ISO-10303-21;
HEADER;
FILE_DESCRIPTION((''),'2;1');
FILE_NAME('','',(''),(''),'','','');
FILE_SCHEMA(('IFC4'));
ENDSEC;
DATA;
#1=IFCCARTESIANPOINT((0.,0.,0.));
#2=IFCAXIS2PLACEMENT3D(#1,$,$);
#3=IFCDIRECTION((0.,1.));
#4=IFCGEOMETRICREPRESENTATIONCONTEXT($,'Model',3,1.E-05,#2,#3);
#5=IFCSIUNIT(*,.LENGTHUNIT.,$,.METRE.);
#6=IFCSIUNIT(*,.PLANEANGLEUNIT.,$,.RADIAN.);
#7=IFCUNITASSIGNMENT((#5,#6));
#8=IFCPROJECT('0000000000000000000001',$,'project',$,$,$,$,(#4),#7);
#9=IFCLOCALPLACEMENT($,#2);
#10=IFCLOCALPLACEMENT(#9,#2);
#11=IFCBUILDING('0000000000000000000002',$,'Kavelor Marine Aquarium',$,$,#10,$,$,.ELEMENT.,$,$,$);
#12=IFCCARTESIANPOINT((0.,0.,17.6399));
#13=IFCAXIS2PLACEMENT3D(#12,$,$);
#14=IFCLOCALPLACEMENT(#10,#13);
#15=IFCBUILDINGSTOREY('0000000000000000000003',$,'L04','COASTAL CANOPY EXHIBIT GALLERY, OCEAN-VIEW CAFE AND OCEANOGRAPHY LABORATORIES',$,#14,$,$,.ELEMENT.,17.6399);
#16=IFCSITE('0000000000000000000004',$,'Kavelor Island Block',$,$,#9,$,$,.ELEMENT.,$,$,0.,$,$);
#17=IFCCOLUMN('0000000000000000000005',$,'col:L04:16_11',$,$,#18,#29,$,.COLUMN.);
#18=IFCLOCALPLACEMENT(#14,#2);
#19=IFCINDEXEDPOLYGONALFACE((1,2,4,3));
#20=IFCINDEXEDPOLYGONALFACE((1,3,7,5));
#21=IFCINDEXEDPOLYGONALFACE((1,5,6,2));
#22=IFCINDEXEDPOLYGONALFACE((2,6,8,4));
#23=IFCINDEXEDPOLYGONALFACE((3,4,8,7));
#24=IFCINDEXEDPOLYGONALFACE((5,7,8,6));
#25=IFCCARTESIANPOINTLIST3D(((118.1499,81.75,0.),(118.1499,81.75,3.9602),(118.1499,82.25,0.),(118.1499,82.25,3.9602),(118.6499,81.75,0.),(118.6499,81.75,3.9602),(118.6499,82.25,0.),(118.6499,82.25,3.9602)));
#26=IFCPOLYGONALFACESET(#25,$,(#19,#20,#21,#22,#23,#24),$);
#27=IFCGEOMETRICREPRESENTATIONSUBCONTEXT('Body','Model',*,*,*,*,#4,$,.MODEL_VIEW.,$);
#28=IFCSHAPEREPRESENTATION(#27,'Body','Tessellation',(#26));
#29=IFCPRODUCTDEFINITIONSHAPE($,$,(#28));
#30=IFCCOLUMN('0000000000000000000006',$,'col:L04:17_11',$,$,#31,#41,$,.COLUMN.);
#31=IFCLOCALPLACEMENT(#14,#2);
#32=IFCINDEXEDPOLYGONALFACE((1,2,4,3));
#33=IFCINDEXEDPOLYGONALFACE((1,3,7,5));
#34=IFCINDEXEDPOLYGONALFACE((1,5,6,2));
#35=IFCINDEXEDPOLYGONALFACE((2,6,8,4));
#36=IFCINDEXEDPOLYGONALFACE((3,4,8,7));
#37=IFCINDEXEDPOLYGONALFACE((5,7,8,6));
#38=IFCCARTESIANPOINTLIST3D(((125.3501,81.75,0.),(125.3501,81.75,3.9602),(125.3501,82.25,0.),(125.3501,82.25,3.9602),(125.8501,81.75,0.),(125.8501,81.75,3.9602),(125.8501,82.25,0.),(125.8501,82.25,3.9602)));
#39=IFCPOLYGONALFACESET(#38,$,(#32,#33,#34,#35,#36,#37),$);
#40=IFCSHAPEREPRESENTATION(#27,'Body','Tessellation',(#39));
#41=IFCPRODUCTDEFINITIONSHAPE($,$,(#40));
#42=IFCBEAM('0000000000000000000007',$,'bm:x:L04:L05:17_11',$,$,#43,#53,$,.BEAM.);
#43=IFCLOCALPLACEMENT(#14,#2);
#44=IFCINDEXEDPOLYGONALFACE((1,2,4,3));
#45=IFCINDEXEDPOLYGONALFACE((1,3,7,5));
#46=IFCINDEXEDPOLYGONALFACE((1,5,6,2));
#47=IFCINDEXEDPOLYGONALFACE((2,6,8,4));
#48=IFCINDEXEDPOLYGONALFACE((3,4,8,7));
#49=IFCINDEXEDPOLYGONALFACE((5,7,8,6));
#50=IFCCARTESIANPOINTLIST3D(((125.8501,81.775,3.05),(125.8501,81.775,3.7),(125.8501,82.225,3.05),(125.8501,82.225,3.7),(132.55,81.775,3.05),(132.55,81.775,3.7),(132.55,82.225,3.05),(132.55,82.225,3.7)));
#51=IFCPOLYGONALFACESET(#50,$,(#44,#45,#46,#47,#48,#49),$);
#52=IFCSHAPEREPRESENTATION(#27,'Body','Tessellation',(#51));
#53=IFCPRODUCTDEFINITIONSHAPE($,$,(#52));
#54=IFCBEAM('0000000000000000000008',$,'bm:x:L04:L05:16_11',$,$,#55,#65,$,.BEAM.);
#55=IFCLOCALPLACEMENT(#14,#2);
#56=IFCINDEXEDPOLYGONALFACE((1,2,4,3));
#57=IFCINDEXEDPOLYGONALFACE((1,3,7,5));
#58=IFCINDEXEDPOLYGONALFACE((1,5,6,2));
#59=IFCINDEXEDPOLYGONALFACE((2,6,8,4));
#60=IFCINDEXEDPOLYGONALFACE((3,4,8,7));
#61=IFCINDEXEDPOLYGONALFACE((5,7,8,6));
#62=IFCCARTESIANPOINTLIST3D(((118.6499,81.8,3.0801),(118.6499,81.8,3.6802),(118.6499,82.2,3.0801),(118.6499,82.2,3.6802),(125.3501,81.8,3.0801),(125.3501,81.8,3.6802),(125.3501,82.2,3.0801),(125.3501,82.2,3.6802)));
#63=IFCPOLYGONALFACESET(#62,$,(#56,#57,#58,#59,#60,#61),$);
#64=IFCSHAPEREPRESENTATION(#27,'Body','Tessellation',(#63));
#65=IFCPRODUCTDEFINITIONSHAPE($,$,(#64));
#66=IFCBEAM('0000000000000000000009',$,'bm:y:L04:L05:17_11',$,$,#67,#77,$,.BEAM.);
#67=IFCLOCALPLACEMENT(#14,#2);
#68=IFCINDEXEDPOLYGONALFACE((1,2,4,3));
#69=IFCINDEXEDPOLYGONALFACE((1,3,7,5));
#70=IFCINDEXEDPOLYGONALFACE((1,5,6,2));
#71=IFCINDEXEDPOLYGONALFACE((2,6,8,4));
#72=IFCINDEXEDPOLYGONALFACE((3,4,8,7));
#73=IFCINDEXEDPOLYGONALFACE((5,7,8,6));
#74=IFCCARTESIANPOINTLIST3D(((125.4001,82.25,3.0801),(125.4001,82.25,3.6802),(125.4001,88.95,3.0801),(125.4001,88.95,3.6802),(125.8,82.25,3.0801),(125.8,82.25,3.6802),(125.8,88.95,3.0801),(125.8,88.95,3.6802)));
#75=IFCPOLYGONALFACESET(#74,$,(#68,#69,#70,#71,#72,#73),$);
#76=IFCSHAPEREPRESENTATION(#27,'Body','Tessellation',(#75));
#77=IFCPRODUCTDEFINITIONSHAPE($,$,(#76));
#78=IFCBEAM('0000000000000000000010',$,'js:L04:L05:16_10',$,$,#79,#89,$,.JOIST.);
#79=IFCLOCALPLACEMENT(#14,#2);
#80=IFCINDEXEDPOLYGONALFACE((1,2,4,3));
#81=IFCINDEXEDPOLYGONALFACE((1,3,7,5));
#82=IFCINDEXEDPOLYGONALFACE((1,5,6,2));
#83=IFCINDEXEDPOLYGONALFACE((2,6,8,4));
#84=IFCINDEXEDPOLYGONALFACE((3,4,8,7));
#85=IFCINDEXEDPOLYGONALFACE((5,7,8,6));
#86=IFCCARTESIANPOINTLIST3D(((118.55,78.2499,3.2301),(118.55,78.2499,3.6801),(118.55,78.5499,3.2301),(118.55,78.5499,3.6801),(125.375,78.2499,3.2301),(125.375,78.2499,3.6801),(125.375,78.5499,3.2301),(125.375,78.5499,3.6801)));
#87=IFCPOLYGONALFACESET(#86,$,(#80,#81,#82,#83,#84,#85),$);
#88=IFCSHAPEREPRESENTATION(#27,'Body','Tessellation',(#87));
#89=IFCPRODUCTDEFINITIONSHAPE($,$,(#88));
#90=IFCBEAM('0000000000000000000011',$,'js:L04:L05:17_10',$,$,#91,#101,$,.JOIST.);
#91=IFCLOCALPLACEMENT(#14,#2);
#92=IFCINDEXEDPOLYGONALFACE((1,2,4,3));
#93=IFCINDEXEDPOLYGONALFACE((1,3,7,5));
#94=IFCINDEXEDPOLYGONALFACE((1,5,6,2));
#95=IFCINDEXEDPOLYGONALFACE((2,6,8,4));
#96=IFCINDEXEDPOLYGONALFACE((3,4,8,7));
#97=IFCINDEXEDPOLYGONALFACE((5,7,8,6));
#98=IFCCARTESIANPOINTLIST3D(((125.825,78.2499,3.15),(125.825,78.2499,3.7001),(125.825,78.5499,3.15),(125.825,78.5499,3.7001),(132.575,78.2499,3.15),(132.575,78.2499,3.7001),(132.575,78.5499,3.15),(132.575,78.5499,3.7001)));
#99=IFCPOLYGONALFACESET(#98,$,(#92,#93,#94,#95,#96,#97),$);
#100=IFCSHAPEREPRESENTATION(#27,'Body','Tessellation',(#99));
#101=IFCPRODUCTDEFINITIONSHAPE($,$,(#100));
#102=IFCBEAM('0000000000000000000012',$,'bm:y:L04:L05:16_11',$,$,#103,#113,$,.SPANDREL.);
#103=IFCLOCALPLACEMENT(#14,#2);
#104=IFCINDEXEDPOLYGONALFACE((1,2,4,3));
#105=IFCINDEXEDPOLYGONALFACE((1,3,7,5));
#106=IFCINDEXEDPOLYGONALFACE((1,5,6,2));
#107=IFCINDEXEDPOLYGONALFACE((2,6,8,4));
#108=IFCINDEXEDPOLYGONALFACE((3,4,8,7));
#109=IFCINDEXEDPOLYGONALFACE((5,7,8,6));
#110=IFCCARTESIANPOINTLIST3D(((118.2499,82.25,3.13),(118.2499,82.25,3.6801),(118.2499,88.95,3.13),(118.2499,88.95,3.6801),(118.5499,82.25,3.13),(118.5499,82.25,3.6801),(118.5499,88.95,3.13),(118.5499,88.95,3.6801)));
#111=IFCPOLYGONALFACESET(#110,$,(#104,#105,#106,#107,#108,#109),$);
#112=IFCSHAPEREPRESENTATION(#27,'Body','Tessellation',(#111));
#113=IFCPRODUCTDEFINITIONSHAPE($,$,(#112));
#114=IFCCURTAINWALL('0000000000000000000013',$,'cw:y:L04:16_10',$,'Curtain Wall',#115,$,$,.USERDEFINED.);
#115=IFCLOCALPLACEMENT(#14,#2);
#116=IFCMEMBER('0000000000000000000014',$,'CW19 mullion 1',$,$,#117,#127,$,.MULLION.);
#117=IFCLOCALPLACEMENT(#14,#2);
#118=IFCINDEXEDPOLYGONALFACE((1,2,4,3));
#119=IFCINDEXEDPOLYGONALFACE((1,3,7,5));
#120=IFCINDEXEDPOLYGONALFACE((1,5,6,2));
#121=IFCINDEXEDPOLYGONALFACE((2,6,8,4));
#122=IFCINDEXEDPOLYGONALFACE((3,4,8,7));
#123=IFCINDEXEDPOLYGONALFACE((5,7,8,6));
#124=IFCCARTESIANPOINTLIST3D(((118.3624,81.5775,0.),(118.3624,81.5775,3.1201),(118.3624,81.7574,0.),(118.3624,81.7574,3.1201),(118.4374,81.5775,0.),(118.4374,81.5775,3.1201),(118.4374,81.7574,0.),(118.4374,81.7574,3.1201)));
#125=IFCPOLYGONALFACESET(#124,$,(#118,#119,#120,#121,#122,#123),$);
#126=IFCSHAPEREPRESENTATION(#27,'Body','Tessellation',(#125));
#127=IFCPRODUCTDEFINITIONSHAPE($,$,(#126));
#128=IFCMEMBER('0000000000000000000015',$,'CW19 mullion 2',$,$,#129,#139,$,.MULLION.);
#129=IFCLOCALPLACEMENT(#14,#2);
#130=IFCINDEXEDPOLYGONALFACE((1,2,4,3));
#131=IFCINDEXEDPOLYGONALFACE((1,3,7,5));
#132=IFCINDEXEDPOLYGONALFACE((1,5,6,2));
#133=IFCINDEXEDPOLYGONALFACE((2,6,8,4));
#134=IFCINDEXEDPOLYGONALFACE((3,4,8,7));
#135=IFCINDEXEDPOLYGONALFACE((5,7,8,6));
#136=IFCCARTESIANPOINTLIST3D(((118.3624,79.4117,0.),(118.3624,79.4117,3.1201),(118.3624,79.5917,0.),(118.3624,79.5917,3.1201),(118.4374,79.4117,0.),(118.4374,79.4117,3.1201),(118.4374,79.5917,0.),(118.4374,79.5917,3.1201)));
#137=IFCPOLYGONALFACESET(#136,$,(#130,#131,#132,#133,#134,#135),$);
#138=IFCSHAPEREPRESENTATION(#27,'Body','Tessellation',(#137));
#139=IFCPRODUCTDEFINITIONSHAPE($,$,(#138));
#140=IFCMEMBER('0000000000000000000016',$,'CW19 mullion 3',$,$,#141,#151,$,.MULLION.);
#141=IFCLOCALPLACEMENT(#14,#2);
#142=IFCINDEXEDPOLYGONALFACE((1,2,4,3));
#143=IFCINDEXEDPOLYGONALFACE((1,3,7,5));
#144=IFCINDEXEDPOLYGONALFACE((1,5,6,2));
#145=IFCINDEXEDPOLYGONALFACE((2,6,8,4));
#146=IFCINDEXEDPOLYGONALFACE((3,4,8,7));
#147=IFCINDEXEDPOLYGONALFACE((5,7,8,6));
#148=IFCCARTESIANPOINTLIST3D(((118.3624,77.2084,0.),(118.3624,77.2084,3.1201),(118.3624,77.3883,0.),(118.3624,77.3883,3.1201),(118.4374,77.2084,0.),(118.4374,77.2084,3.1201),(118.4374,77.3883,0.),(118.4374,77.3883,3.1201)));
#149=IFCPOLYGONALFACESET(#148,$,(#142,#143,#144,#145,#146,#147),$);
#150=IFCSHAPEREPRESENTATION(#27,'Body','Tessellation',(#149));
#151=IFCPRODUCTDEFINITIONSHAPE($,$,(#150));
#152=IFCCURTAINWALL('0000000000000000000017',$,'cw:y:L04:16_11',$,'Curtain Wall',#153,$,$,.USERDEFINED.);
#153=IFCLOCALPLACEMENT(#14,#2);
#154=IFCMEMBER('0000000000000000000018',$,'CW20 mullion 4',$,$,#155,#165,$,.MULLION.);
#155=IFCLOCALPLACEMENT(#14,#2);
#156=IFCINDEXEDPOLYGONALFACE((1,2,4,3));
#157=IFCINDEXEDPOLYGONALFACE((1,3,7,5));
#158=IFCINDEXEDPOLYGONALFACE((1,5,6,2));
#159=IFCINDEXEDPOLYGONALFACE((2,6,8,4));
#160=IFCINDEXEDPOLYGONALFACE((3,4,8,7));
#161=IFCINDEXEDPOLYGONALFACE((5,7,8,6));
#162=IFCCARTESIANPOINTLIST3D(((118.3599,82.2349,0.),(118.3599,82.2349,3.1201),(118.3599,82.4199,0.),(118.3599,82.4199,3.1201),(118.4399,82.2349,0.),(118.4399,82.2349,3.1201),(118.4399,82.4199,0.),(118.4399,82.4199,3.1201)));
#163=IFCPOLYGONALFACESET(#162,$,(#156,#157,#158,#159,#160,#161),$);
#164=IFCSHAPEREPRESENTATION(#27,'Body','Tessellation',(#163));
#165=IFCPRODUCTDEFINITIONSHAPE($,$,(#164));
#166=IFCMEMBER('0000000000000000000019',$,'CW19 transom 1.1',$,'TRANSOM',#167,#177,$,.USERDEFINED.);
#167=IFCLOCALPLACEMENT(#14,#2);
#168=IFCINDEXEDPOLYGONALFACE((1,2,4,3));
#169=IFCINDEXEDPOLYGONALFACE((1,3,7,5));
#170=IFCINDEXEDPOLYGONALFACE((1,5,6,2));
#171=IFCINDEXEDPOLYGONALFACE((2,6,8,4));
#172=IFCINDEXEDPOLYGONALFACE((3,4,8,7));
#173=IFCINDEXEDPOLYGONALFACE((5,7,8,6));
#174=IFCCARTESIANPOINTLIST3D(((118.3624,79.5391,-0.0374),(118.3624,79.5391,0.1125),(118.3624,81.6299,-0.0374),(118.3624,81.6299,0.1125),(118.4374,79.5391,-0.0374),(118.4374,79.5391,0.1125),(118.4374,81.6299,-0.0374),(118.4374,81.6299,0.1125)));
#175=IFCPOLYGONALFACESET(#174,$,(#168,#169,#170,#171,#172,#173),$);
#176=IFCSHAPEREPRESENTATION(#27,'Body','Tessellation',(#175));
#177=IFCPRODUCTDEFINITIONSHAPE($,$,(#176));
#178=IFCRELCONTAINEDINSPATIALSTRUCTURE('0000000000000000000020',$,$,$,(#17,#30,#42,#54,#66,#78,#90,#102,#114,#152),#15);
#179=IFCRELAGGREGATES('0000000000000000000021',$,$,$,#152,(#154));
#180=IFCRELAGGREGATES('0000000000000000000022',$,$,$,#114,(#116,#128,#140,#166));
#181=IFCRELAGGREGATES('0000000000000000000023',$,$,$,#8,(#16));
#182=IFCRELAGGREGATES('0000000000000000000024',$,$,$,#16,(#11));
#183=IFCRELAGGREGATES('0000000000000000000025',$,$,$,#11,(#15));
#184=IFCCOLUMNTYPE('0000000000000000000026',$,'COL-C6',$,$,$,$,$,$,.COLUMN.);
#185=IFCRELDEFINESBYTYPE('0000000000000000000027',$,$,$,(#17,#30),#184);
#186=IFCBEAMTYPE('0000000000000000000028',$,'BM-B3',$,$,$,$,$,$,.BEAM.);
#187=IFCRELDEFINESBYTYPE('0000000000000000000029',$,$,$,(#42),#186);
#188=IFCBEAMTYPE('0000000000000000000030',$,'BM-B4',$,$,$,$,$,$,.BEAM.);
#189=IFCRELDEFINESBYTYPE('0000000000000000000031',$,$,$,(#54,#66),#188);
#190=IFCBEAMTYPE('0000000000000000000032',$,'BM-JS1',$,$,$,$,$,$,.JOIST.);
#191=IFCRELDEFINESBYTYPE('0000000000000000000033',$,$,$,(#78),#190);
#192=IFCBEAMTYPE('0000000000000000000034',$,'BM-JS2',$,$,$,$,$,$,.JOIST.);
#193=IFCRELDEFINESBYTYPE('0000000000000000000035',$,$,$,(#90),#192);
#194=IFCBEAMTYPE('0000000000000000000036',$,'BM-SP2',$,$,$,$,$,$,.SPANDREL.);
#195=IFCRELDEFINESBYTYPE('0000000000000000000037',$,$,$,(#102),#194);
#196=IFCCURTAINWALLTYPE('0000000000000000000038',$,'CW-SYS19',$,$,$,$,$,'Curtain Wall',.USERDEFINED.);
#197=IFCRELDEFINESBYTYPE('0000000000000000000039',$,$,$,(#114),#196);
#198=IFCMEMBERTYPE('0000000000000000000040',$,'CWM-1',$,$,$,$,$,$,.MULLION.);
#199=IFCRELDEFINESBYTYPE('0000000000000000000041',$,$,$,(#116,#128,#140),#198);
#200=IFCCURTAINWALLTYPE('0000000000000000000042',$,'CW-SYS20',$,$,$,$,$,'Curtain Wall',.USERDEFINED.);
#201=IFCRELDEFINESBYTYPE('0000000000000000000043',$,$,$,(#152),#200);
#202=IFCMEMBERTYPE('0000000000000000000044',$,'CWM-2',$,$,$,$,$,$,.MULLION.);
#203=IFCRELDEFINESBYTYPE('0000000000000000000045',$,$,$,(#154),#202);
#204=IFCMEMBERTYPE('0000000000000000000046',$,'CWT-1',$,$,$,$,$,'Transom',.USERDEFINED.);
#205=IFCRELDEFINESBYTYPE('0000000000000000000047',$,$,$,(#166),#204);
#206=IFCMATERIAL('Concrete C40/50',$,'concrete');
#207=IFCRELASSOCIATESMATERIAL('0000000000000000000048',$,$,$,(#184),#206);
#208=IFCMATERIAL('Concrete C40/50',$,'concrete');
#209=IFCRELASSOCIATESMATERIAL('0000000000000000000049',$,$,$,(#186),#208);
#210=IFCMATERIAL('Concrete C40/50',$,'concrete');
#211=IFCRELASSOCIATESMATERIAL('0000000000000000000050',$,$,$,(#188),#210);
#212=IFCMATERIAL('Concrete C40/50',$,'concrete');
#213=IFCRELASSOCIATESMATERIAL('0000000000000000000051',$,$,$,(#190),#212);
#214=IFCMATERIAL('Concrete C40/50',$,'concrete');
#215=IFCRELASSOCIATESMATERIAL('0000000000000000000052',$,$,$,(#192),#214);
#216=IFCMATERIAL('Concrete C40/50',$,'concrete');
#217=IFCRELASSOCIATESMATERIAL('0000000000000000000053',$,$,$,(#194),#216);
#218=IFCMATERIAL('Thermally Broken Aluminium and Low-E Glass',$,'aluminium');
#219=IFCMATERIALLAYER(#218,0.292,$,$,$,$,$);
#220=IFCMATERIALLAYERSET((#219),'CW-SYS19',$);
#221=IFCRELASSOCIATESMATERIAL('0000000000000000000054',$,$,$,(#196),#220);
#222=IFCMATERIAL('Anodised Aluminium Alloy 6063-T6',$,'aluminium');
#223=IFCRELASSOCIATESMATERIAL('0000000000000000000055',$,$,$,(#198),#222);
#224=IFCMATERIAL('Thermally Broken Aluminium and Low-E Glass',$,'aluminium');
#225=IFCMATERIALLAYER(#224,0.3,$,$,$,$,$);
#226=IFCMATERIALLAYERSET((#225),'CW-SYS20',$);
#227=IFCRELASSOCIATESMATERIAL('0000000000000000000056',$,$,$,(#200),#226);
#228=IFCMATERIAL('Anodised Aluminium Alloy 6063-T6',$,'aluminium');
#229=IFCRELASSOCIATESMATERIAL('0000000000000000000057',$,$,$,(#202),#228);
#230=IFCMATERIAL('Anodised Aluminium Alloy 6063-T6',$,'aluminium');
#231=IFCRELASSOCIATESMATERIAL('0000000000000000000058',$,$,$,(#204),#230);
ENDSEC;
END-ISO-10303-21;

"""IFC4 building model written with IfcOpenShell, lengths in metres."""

from ifc_helpers import new_model, si_unit, direction, frame, origin, origin_2d, place, context, subcontext, project, spatial, rectangle, extrude, material, layer, layer_set, material_profile, profile_set, type_object, element, aggregate, save


model = new_model("IFC4")

# Units and contexts
model_context = context("Model", 3, precision=1e-05, world=origin(), true_north=direction((0.0, 1.0)))
body_context = subcontext(model_context, "Body", "Model", "MODEL_VIEW")
ifc_project = project(units=[si_unit("LENGTHUNIT", "METRE"), si_unit("PLANEANGLEUNIT", "RADIAN")], contexts=[model_context])

# Site, building, storey
site_placement = place(None, origin())
site = spatial("IfcSite", under=ifc_project, at=site_placement, Name="Kavelor Island Block", CompositionType="ELEMENT", RefElevation=0.0)
building_placement = place(site_placement, origin())
building = spatial("IfcBuilding", under=site, at=building_placement, Name="Kavelor Marine Aquarium", CompositionType="ELEMENT")
storey_placement = place(building_placement, frame((0.0, 0.0, 17.6399)))
storey = spatial("IfcBuildingStorey", under=building, at=storey_placement, Name="L04", Description="COASTAL CANOPY EXHIBIT GALLERY, OCEAN-VIEW CAFE AND OCEANOGRAPHY LABORATORIES", CompositionType="ELEMENT", Elevation=17.6399)

# Columns
ifc_material_1 = material(Name="Concrete C40/50", Category="concrete")
ifc_material_profile_1 = material_profile(ifc_material_1, rectangle(XDim=0.5, YDim=0.5, at=origin_2d()), Name="RC-COL 500x500")
ifc_profile_set_1 = profile_set([ifc_material_profile_1], Name="Concrete C40/50")
column_type = type_object("IfcColumnType", Name="COL-C6", PredefinedType="COLUMN", material=ifc_profile_set_1)
for number, where, z_axis, x_axis, name in (
    (1, (118.3999, 82.0, 0.0), (0.0, 0.0, 1.0), (1.0, 0.0, 0.0), "col:L04:16_11"),
    (2, (125.6001, 82.0, 0.0), (0.0, 0.0, 1.0), (1.0, 0.0, 0.0), "col:L04:17_11"),
):
    element("IfcColumn", number, at=place(storey_placement, frame(where, z_axis=z_axis, x_axis=x_axis)), inside=storey, type_object=column_type, Name=name, PredefinedType="COLUMN", context=body_context, shape_type="SweptSolid", body=[
        extrude(rectangle(XDim=0.5, YDim=0.5, at=origin_2d()), origin(), (0.0, 0.0, 1.0), 3.9602),
    ])

# Beams
ifc_material_2 = material(Name="Concrete C40/50", Category="concrete")
ifc_material_profile_2 = material_profile(ifc_material_2, rectangle(XDim=0.45, YDim=0.6499, at=origin_2d()), Name="RC-BM 450x650")
ifc_profile_set_2 = profile_set([ifc_material_profile_2], Name="Concrete C40/50")
beam_type_1 = type_object("IfcBeamType", Name="BM-B3", PredefinedType="BEAM", material=ifc_profile_set_2)
beam_1_placement = place(storey_placement, frame((125.8501, 82.0, 3.375), z_axis=(1.0, 0.0, 0.0), x_axis=(0.0, 1.0, 0.0)))
element("IfcBeam", 3, at=beam_1_placement, inside=storey, type_object=beam_type_1, Name="bm:x:L04:L05:17_11", PredefinedType="BEAM", context=body_context, shape_type="SweptSolid", body=[
    extrude(rectangle(XDim=0.45, YDim=0.6499, at=origin_2d()), origin(), (0.0, 0.0, 1.0), 6.7),
])
ifc_material_3 = material(Name="Concrete C40/50", Category="concrete")
ifc_material_profile_3 = material_profile(ifc_material_3, rectangle(XDim=0.3999, YDim=0.6001, at=origin_2d()), Name="RC-BM 400x600")
ifc_profile_set_3 = profile_set([ifc_material_profile_3], Name="Concrete C40/50")
beam_type_2 = type_object("IfcBeamType", Name="BM-B4", PredefinedType="BEAM", material=ifc_profile_set_3)
beam_2_placement = place(storey_placement, frame((118.6499, 82.0, 3.3801), z_axis=(1.0, 0.0, 0.0), x_axis=(0.0, 1.0, 0.0)))
element("IfcBeam", 4, at=beam_2_placement, inside=storey, type_object=beam_type_2, Name="bm:x:L04:L05:16_11", PredefinedType="BEAM", context=body_context, shape_type="SweptSolid", body=[
    extrude(rectangle(XDim=0.3999, YDim=0.6001, at=origin_2d()), origin(), (0.0, 0.0, 1.0), 6.7002),
])
beam_3_placement = place(storey_placement, frame((125.6001, 82.25, 3.3801), z_axis=(0.0, 1.0, 0.0), x_axis=(-1.0, 0.0, 0.0)))
element("IfcBeam", 5, at=beam_3_placement, inside=storey, type_object=beam_type_2, Name="bm:y:L04:L05:17_11", PredefinedType="BEAM", context=body_context, shape_type="SweptSolid", body=[
    extrude(rectangle(XDim=0.3999, YDim=0.6001, at=origin_2d()), origin(), (0.0, 0.0, 1.0), 6.7),
])
ifc_material_4 = material(Name="Concrete C40/50", Category="concrete")
ifc_material_profile_4 = material_profile(ifc_material_4, rectangle(XDim=0.3, YDim=0.45, at=origin_2d()), Name="RC-JS 300x450")
ifc_profile_set_4 = profile_set([ifc_material_profile_4], Name="Concrete C40/50")
beam_type_3 = type_object("IfcBeamType", Name="BM-JS1", PredefinedType="JOIST", material=ifc_profile_set_4)
beam_4_placement = place(storey_placement, frame((118.55, 78.3999, 3.4551), z_axis=(1.0, 0.0, 0.0), x_axis=(0.0, 1.0, 0.0)))
element("IfcBeam", 6, at=beam_4_placement, inside=storey, type_object=beam_type_3, Name="js:L04:L05:16_10", PredefinedType="JOIST", context=body_context, shape_type="SweptSolid", body=[
    extrude(rectangle(XDim=0.3, YDim=0.45, at=origin_2d()), origin(), (0.0, 0.0, 1.0), 6.825),
])
ifc_material_5 = material(Name="Concrete C40/50", Category="concrete")
ifc_material_profile_5 = material_profile(ifc_material_5, rectangle(XDim=0.3, YDim=0.55, at=origin_2d()), Name="RC-JS 300x550")
ifc_profile_set_5 = profile_set([ifc_material_profile_5], Name="Concrete C40/50")
beam_type_4 = type_object("IfcBeamType", Name="BM-JS2", PredefinedType="JOIST", material=ifc_profile_set_5)
beam_5_placement = place(storey_placement, frame((125.825, 78.3999, 3.425), z_axis=(1.0, 0.0, 0.0), x_axis=(0.0, 1.0, 0.0)))
element("IfcBeam", 7, at=beam_5_placement, inside=storey, type_object=beam_type_4, Name="js:L04:L05:17_10", PredefinedType="JOIST", context=body_context, shape_type="SweptSolid", body=[
    extrude(rectangle(XDim=0.3, YDim=0.55, at=origin_2d()), origin(), (0.0, 0.0, 1.0), 6.75),
])
ifc_material_6 = material(Name="Concrete C40/50", Category="concrete")
ifc_material_profile_6 = material_profile(ifc_material_6, rectangle(XDim=0.3, YDim=0.55, at=origin_2d()), Name="RC-SP 300x550")
ifc_profile_set_6 = profile_set([ifc_material_profile_6], Name="Concrete C40/50")
beam_type_5 = type_object("IfcBeamType", Name="BM-SP2", PredefinedType="SPANDREL", material=ifc_profile_set_6)
beam_6_placement = place(storey_placement, frame((118.3999, 82.25, 3.405), z_axis=(0.0, 1.0, 0.0), x_axis=(-1.0, 0.0, 0.0)))
element("IfcBeam", 8, at=beam_6_placement, inside=storey, type_object=beam_type_5, Name="bm:y:L04:L05:16_11", PredefinedType="SPANDREL", context=body_context, shape_type="SweptSolid", body=[
    extrude(rectangle(XDim=0.3, YDim=0.55, at=origin_2d()), origin(), (0.0, 0.0, 1.0), 6.7),
])

# Curtain wall, members
ifc_material_7 = material(Name="Thermally Broken Aluminium and Low-E Glass", Category="aluminium")
ifc_layer_1 = layer(ifc_material_7, 0.292)
ifc_layer_set_1 = layer_set([ifc_layer_1], Name="CW-SYS19")
curtain_wall_type_1 = type_object("IfcCurtainWallType", Name="CW-SYS19", ElementType="Curtain Wall", PredefinedType="USERDEFINED", material=ifc_layer_set_1)
curtain_wall_1_placement = place(storey_placement, origin())
curtain_wall_1 = element("IfcCurtainWall", 9, at=curtain_wall_1_placement, inside=storey, type_object=curtain_wall_type_1, Name="cw:y:L04:16_10", ObjectType="Curtain Wall", PredefinedType="USERDEFINED")
ifc_material_8 = material(Name="Anodised Aluminium Alloy 6063-T6", Category="aluminium")
ifc_material_profile_7 = material_profile(ifc_material_8, rectangle(XDim=0.075, YDim=0.1799, at=origin_2d()), Name="CW-MUL 75x180")
ifc_profile_set_7 = profile_set([ifc_material_profile_7], Name="Anodised Aluminium Alloy 6063-T6")
member_type_1 = type_object("IfcMemberType", Name="CWM-1", PredefinedType="MULLION", material=ifc_profile_set_7)
member_1_placement = place(storey_placement, frame((118.3999, 81.6675, 0.0), z_axis=(0.0, 0.0, 1.0), x_axis=(1.0, 0.0, 0.0)))
member_1 = element("IfcMember", 10, at=member_1_placement, type_object=member_type_1, Name="CW19 mullion 1", PredefinedType="MULLION", context=body_context, shape_type="SweptSolid", body=[
    extrude(rectangle(XDim=0.075, YDim=0.1799, at=origin_2d()), origin(), (0.0, 0.0, 1.0), 3.1201),
])
member_2_placement = place(storey_placement, frame((118.3999, 79.5017, 0.0), z_axis=(0.0, 0.0, 1.0), x_axis=(1.0, 0.0, 0.0)))
member_2 = element("IfcMember", 11, at=member_2_placement, type_object=member_type_1, Name="CW19 mullion 2", PredefinedType="MULLION", context=body_context, shape_type="SweptSolid", body=[
    extrude(rectangle(XDim=0.075, YDim=0.1799, at=origin_2d()), origin(), (0.0, 0.0, 1.0), 3.1201),
])
member_3_placement = place(storey_placement, frame((118.3999, 77.2983, 0.0), z_axis=(0.0, 0.0, 1.0), x_axis=(1.0, 0.0, 0.0)))
member_3 = element("IfcMember", 12, at=member_3_placement, type_object=member_type_1, Name="CW19 mullion 3", PredefinedType="MULLION", context=body_context, shape_type="SweptSolid", body=[
    extrude(rectangle(XDim=0.075, YDim=0.1799, at=origin_2d()), origin(), (0.0, 0.0, 1.0), 3.1201),
])

# Curtain wall, member
ifc_material_9 = material(Name="Thermally Broken Aluminium and Low-E Glass", Category="aluminium")
ifc_layer_2 = layer(ifc_material_9, 0.3)
ifc_layer_set_2 = layer_set([ifc_layer_2], Name="CW-SYS20")
curtain_wall_type_2 = type_object("IfcCurtainWallType", Name="CW-SYS20", ElementType="Curtain Wall", PredefinedType="USERDEFINED", material=ifc_layer_set_2)
curtain_wall_2_placement = place(storey_placement, origin())
curtain_wall_2 = element("IfcCurtainWall", 13, at=curtain_wall_2_placement, inside=storey, type_object=curtain_wall_type_2, Name="cw:y:L04:16_11", ObjectType="Curtain Wall", PredefinedType="USERDEFINED")
ifc_material_10 = material(Name="Anodised Aluminium Alloy 6063-T6", Category="aluminium")
ifc_material_profile_8 = material_profile(ifc_material_10, rectangle(XDim=0.0801, YDim=0.1851, at=origin_2d()), Name="CW-MUL 80x185")
ifc_profile_set_8 = profile_set([ifc_material_profile_8], Name="Anodised Aluminium Alloy 6063-T6")
member_type_2 = type_object("IfcMemberType", Name="CWM-2", PredefinedType="MULLION", material=ifc_profile_set_8)
member_4_placement = place(storey_placement, frame((118.3999, 82.3274, 0.0), z_axis=(0.0, 0.0, 1.0), x_axis=(1.0, 0.0, 0.0)))
member_4 = element("IfcMember", 14, at=member_4_placement, type_object=member_type_2, Name="CW20 mullion 4", PredefinedType="MULLION", context=body_context, shape_type="SweptSolid", body=[
    extrude(rectangle(XDim=0.0801, YDim=0.1851, at=origin_2d()), origin(), (0.0, 0.0, 1.0), 3.1201),
])
aggregate(curtain_wall_2, [member_4])

# Member
ifc_material_11 = material(Name="Anodised Aluminium Alloy 6063-T6", Category="aluminium")
ifc_material_profile_9 = material_profile(ifc_material_11, rectangle(XDim=0.075, YDim=0.1499, at=origin_2d()), Name="CW-TRN 75x150")
ifc_profile_set_9 = profile_set([ifc_material_profile_9], Name="Anodised Aluminium Alloy 6063-T6")
member_type_3 = type_object("IfcMemberType", Name="CWT-1", ElementType="Transom", PredefinedType="USERDEFINED", material=ifc_profile_set_9)
member_5_placement = place(storey_placement, frame((118.3999, 81.6299, 0.0376), z_axis=(0.0, -1.0, 0.0), x_axis=(1.0, 0.0, 0.0)))
member_5 = element("IfcMember", 15, at=member_5_placement, type_object=member_type_3, Name="CW19 transom 1.1", ObjectType="TRANSOM", PredefinedType="USERDEFINED", context=body_context, shape_type="SweptSolid", body=[
    extrude(rectangle(XDim=0.075, YDim=0.1499, at=origin_2d()), origin(), (0.0, 0.0, 1.0), 2.0908),
])

aggregate(curtain_wall_1, [member_1, member_2, member_3, member_5])

save(model, "model.ifc")
